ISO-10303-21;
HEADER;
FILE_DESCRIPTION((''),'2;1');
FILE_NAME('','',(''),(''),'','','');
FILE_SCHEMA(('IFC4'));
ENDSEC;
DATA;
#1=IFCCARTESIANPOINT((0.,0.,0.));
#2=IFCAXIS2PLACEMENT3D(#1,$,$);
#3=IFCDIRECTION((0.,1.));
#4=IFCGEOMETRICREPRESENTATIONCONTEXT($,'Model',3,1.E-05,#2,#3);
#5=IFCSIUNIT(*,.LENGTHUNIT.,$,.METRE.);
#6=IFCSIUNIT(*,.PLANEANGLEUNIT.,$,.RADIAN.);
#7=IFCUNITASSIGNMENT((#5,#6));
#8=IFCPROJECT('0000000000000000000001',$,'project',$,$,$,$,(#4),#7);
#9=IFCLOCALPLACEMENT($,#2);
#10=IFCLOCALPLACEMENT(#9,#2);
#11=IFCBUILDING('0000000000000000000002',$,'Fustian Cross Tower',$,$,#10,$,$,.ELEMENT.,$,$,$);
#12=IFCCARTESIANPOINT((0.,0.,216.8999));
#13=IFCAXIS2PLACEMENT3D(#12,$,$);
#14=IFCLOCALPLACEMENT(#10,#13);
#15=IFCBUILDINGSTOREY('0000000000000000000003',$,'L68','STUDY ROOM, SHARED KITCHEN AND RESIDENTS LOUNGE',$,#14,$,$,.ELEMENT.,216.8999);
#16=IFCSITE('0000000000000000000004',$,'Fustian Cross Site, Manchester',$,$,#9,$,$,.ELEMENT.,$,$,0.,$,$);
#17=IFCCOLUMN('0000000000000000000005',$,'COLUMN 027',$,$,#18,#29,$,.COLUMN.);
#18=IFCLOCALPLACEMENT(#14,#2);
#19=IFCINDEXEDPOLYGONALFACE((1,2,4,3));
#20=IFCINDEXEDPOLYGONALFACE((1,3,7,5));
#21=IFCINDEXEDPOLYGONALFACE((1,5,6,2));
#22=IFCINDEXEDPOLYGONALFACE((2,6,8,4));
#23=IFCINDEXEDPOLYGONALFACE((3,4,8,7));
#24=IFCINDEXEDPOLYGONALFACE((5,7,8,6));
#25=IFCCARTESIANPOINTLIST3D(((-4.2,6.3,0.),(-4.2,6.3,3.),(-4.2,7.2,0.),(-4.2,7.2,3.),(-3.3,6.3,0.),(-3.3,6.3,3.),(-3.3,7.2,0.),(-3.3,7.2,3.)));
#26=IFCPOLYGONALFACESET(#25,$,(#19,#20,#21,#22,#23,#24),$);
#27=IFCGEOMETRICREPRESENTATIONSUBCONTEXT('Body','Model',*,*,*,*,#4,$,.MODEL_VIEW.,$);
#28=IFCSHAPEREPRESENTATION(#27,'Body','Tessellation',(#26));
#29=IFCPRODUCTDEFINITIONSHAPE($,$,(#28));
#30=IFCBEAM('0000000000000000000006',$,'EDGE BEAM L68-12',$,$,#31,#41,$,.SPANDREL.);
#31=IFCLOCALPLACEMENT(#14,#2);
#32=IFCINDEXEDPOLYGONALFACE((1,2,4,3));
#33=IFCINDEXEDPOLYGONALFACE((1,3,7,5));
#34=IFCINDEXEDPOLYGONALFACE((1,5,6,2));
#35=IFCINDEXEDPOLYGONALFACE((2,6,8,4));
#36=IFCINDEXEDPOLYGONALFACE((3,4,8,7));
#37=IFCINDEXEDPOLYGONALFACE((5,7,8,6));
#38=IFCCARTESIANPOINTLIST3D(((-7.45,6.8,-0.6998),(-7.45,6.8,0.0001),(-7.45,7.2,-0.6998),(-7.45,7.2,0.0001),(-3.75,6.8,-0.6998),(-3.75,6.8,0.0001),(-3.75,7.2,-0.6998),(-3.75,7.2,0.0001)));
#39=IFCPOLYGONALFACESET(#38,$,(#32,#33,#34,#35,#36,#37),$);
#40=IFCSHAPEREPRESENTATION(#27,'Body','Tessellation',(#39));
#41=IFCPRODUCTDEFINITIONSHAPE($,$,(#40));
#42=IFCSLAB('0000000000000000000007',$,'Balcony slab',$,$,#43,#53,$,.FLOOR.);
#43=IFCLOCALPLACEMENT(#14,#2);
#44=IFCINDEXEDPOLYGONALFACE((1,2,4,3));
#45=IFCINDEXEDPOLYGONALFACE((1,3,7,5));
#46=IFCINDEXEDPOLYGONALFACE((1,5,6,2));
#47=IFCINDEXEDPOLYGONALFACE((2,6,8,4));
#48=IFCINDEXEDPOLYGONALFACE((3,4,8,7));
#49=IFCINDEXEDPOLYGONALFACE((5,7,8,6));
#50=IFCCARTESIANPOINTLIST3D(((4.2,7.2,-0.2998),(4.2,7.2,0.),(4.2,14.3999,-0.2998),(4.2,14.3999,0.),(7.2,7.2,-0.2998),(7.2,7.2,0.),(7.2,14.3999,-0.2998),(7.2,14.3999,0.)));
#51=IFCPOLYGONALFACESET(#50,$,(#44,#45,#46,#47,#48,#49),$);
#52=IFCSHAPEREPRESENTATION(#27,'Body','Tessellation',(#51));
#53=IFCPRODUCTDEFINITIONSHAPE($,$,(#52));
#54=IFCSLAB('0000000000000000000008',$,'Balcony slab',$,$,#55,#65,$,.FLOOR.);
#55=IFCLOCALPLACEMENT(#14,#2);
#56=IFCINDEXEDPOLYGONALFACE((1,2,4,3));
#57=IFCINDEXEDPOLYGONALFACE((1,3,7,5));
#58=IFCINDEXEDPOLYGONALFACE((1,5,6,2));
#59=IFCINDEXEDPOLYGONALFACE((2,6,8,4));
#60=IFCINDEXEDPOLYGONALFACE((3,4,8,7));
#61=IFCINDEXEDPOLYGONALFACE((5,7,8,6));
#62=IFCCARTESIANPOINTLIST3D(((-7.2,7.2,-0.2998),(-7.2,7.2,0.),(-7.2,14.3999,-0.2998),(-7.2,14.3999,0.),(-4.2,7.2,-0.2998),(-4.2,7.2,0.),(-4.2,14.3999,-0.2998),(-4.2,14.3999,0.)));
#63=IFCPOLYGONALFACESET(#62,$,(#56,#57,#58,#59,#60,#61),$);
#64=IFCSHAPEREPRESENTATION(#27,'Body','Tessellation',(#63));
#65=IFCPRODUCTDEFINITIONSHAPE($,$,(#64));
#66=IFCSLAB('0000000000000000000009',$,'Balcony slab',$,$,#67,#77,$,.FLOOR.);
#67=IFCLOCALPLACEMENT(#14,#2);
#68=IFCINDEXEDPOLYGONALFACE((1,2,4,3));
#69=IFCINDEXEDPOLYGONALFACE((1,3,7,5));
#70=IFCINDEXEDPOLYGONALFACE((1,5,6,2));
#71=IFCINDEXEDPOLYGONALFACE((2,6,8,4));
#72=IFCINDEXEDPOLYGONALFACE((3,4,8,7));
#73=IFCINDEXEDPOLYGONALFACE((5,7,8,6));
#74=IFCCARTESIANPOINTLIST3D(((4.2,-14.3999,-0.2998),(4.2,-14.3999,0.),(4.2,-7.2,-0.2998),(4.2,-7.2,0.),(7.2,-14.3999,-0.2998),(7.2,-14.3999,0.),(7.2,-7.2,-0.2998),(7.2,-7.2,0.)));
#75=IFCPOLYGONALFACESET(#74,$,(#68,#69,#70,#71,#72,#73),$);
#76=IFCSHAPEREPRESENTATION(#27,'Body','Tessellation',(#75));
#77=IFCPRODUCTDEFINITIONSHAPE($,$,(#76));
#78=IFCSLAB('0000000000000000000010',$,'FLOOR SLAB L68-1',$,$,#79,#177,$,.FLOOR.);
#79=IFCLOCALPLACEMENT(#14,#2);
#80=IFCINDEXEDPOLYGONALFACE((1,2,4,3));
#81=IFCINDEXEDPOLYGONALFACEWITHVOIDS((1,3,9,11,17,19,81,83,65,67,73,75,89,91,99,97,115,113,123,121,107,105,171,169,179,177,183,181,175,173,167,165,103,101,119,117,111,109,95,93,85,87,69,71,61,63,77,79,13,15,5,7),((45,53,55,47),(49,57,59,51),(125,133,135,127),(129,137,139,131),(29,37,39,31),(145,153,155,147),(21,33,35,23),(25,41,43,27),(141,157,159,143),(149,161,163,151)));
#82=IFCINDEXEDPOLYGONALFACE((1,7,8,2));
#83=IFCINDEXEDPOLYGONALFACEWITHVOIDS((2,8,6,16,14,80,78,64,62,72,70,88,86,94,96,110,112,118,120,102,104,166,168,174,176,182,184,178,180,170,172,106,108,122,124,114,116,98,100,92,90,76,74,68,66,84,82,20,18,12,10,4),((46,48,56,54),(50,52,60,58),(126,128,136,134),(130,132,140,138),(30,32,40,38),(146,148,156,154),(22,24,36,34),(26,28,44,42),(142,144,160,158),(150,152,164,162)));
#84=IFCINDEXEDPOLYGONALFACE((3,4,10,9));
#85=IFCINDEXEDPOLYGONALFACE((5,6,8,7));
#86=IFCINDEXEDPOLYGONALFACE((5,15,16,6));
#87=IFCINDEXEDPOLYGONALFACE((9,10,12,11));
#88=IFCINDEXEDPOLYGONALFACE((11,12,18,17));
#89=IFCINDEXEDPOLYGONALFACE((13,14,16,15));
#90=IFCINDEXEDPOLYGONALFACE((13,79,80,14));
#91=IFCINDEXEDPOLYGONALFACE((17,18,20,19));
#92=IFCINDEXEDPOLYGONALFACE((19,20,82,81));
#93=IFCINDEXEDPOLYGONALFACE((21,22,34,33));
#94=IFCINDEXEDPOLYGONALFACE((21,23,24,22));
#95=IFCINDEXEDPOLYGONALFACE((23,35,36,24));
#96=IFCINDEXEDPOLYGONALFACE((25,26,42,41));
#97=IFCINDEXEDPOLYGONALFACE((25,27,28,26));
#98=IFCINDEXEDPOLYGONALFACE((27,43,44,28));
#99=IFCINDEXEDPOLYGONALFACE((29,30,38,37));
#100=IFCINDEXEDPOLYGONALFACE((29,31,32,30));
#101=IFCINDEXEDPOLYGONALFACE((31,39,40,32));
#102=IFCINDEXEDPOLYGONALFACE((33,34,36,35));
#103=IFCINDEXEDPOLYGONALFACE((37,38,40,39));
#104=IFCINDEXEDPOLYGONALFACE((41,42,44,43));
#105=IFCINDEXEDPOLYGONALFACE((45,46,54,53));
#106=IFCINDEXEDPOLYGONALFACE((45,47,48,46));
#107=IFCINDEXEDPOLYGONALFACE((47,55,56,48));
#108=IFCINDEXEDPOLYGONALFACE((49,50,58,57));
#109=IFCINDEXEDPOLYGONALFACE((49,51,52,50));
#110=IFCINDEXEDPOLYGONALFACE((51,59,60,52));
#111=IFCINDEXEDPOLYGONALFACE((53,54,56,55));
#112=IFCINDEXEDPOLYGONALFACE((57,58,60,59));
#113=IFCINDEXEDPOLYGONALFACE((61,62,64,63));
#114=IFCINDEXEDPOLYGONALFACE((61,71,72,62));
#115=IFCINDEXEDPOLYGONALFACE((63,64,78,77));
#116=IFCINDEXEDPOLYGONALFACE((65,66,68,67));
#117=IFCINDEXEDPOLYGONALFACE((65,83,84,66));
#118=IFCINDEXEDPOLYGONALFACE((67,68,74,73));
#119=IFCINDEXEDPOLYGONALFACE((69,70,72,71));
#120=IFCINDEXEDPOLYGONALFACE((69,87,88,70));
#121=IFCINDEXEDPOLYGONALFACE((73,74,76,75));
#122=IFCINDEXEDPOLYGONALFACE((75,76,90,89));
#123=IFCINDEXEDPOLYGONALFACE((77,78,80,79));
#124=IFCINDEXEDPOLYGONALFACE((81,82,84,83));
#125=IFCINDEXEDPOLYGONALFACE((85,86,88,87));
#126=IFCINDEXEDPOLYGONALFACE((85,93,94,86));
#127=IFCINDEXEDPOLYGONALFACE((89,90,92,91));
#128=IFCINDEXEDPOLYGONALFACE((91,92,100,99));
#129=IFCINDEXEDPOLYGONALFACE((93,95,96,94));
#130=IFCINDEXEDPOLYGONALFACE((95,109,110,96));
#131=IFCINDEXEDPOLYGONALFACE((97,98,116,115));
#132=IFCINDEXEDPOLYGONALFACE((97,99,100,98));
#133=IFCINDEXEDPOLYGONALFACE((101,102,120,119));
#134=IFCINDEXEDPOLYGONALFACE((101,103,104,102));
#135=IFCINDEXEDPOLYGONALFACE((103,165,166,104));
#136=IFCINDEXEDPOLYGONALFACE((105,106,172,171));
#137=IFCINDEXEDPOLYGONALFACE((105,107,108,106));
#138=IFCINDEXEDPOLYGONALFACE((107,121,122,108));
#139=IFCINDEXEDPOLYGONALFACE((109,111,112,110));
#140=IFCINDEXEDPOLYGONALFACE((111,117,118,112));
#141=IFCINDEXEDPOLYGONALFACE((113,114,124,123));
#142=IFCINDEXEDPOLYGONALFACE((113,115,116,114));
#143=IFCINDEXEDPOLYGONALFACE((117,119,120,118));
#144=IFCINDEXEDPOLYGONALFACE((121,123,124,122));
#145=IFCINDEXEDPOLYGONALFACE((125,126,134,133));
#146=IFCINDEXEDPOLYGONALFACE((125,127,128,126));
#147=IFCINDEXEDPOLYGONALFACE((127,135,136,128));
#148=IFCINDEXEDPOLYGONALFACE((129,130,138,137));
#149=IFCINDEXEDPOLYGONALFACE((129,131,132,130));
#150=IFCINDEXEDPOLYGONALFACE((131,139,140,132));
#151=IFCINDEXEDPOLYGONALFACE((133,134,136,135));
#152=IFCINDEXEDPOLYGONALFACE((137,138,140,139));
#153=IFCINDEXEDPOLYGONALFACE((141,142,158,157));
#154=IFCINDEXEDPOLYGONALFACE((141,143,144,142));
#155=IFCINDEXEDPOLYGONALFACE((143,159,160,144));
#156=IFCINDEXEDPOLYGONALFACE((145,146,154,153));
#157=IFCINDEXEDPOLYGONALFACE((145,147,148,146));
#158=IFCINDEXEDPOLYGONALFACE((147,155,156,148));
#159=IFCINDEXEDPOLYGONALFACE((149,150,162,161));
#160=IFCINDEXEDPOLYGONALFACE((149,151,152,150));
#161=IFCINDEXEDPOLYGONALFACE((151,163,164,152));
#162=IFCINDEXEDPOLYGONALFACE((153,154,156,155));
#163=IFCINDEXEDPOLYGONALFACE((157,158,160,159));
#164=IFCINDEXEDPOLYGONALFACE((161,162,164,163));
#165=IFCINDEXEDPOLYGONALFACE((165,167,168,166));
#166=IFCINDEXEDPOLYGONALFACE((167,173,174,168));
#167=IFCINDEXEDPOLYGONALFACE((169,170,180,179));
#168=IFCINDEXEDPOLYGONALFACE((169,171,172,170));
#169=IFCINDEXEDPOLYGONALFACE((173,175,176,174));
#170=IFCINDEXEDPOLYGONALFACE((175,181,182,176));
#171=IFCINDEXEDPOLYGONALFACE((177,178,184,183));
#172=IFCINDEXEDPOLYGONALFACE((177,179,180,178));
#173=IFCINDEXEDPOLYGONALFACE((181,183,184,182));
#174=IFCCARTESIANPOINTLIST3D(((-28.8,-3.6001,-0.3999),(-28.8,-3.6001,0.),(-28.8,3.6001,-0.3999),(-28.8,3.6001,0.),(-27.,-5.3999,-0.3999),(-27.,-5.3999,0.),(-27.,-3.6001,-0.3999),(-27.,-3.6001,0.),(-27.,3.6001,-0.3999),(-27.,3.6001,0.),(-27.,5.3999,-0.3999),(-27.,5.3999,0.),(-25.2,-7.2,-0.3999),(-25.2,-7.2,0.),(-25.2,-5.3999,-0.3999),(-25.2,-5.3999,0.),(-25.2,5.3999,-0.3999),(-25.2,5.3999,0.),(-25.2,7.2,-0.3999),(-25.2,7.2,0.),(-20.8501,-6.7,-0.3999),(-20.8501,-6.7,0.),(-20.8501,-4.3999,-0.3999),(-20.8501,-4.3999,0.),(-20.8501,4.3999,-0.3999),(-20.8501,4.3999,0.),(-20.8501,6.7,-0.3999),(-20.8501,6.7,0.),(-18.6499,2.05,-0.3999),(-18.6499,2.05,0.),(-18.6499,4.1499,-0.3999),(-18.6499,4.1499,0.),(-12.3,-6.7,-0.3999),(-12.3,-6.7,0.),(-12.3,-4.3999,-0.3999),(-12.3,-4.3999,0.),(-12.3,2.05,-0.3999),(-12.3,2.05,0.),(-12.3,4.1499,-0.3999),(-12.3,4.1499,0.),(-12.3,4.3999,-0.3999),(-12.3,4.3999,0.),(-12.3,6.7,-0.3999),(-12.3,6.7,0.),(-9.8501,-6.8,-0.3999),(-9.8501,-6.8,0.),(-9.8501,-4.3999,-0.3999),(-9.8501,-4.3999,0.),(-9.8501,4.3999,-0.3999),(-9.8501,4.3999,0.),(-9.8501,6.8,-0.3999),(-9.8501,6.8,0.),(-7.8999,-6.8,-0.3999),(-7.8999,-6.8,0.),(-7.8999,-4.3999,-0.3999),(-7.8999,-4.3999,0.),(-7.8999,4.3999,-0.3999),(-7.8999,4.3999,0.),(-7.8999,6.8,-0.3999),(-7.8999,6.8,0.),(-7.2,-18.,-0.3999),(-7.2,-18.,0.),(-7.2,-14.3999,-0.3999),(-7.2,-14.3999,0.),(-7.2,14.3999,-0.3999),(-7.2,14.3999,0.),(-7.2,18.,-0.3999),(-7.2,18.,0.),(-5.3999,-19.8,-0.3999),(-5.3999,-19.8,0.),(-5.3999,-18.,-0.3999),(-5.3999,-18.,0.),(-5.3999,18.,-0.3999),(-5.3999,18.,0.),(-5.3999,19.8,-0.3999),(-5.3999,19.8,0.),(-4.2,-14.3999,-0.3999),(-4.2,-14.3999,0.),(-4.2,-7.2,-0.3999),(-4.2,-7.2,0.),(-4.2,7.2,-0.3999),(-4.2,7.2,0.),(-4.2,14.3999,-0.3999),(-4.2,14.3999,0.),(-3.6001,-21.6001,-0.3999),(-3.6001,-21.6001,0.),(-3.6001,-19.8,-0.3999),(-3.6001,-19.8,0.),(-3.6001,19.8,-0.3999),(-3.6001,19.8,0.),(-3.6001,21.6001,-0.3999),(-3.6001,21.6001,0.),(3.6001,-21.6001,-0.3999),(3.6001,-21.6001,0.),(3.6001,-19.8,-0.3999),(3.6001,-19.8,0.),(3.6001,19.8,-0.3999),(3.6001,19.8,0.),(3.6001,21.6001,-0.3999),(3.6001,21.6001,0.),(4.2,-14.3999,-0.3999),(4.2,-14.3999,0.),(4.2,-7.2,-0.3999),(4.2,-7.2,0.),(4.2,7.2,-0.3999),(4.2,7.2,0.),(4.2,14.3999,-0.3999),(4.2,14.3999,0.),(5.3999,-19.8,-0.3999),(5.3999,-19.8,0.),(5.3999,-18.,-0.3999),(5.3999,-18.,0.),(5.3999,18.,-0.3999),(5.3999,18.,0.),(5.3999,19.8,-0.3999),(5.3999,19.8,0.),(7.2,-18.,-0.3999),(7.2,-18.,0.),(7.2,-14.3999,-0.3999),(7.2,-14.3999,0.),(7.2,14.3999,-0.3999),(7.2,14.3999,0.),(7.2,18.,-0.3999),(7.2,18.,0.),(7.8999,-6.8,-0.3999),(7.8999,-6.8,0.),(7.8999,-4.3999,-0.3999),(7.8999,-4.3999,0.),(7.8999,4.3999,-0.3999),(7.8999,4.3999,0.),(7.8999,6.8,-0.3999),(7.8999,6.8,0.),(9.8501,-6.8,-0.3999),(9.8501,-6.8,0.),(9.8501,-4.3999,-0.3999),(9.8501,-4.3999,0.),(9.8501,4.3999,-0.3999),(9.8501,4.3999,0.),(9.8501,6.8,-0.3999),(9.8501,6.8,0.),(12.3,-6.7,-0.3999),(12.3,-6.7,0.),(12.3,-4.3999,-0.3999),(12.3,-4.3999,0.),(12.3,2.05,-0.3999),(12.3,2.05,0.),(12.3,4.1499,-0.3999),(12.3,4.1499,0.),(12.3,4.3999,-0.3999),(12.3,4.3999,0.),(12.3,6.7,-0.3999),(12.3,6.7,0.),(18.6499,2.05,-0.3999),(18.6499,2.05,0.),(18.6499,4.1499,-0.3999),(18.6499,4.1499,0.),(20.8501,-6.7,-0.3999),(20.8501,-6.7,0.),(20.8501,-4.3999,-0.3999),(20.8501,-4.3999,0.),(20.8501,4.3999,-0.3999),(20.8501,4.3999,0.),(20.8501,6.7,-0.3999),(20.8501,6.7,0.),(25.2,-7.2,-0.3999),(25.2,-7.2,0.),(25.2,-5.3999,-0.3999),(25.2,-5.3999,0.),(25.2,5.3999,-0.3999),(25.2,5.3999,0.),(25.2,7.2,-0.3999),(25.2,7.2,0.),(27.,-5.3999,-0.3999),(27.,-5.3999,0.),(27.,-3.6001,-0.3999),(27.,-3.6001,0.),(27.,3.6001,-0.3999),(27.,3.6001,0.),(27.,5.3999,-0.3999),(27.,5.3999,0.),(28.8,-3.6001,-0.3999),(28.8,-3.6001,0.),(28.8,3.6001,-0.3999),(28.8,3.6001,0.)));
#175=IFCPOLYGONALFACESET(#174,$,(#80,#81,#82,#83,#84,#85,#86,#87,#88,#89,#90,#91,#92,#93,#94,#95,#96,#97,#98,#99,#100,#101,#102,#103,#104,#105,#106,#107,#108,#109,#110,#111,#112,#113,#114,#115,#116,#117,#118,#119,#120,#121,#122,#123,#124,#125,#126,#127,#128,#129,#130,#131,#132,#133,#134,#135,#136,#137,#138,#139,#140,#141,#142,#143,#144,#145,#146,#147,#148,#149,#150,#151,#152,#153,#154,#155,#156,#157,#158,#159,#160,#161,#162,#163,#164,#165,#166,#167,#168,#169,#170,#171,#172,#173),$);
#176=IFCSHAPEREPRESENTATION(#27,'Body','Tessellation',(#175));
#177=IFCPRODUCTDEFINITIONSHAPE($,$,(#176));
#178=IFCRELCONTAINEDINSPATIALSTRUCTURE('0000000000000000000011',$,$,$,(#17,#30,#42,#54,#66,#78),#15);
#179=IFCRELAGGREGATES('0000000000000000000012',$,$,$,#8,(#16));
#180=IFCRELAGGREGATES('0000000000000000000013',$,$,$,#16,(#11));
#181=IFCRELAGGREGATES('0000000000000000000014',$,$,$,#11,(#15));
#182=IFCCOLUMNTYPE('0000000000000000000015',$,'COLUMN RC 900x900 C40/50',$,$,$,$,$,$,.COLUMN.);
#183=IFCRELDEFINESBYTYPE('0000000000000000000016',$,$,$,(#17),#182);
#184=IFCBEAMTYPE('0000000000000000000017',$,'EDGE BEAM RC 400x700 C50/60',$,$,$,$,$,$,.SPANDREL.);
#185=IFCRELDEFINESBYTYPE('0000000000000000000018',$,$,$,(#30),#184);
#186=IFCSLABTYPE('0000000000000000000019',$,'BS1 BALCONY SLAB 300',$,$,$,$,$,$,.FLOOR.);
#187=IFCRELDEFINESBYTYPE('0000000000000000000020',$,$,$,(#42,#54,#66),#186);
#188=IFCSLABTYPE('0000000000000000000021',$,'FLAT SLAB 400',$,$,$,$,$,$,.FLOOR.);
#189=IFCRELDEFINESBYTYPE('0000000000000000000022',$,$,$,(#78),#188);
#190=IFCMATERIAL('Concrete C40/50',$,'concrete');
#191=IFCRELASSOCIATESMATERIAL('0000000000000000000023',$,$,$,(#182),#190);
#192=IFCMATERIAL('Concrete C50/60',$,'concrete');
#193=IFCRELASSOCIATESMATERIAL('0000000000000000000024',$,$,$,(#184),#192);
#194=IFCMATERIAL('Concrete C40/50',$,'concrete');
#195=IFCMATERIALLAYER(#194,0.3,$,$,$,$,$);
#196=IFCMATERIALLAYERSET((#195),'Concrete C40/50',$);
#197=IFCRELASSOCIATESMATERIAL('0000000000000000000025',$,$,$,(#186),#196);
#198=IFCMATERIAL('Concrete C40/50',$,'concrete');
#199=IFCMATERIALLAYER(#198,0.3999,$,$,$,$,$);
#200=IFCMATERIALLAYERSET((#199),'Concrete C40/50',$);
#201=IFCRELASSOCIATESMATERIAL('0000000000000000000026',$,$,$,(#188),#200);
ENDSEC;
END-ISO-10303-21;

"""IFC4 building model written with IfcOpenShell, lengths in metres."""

from ifc_helpers import new_model, si_unit, direction, frame, origin, origin_2d, place, context, subcontext, project, spatial, polyline, rectangle, outline, extrude, material, layer, layer_set, material_profile, profile_set, type_object, element, save


model = new_model("IFC4")

# Units and contexts
model_context = context("Model", 3, precision=1e-05, world=origin(), true_north=direction((0.0, 1.0)))
body_context = subcontext(model_context, "Body", "Model", "MODEL_VIEW")
ifc_project = project(units=[si_unit("LENGTHUNIT", "METRE"), si_unit("PLANEANGLEUNIT", "RADIAN")], contexts=[model_context])

# Site, building, storey
site_placement = place(None, origin())
site = spatial("IfcSite", under=ifc_project, at=site_placement, Name="Fustian Cross Site, Manchester", CompositionType="ELEMENT", RefElevation=0.0)
building_placement = place(site_placement, origin())
building = spatial("IfcBuilding", under=site, at=building_placement, Name="Fustian Cross Tower", CompositionType="ELEMENT")
storey_placement = place(building_placement, frame((0.0, 0.0, 216.8999)))
storey = spatial("IfcBuildingStorey", under=building, at=storey_placement, Name="L68", Description="STUDY ROOM, SHARED KITCHEN AND RESIDENTS LOUNGE", CompositionType="ELEMENT", Elevation=216.8999)

# Column
ifc_material_1 = material(Name="Concrete C40/50", Category="concrete")
ifc_material_profile_1 = material_profile(ifc_material_1, rectangle(XDim=0.8999, YDim=0.8999, at=origin_2d()), Name="RC 900x900")
ifc_profile_set_1 = profile_set([ifc_material_profile_1], Name="Concrete C40/50")
column_type = type_object("IfcColumnType", Name="COLUMN RC 900x900 C40/50", PredefinedType="COLUMN", material=ifc_profile_set_1)
column_placement = place(storey_placement, frame((-3.75, 6.75, 0.0), z_axis=(0.0, 0.0, 1.0), x_axis=(1.0, 0.0, 0.0)))
element("IfcColumn", 1, at=column_placement, inside=storey, type_object=column_type, Name="COLUMN 027", PredefinedType="COLUMN", context=body_context, shape_type="SweptSolid", body=[
    extrude(rectangle(XDim=0.8999, YDim=0.8999, at=origin_2d()), origin(), (0.0, 0.0, 1.0), 3.0),
])

# Beam
ifc_material_2 = material(Name="Concrete C50/60", Category="concrete")
ifc_material_profile_2 = material_profile(ifc_material_2, rectangle(XDim=0.3999, YDim=0.7, at=origin_2d()), Name="RC 400x700")
ifc_profile_set_2 = profile_set([ifc_material_profile_2], Name="Concrete C50/60")
beam_type = type_object("IfcBeamType", Name="EDGE BEAM RC 400x700 C50/60", PredefinedType="SPANDREL", material=ifc_profile_set_2)
beam_placement = place(storey_placement, frame((-3.75, 7.0, -0.3499), z_axis=(-1.0, 0.0, 0.0), x_axis=(0.0, -1.0, 0.0)))
element("IfcBeam", 2, at=beam_placement, inside=storey, type_object=beam_type, Name="EDGE BEAM L68-12", PredefinedType="SPANDREL", context=body_context, shape_type="SweptSolid", body=[
    extrude(rectangle(XDim=0.3999, YDim=0.7, at=origin_2d()), origin(), (0.0, 0.0, 1.0), 3.7),
])

# Slabs
ifc_material_3 = material(Name="Concrete C40/50", Category="concrete")
ifc_layer_1 = layer(ifc_material_3, 0.3)
ifc_layer_set_1 = layer_set([ifc_layer_1], Name="Concrete C40/50")
slab_type_1 = type_object("IfcSlabType", Name="BS1 BALCONY SLAB 300", PredefinedType="FLOOR", material=ifc_layer_set_1)
slab_1_placement = place(storey_placement, frame((0.0, 0.0, -0.2998)))
element("IfcSlab", 3, at=slab_1_placement, inside=storey, type_object=slab_type_1, Name="Balcony slab", PredefinedType="FLOOR", context=body_context, shape_type="SweptSolid", body=[
    extrude(outline(polyline([(4.2, 7.2), (7.2, 7.2), (7.2, 14.3999), (4.2, 14.3999), (4.2, 7.2)])), origin(), (0.0, 0.0, 1.0), 0.2998),
])
slab_2_placement = place(storey_placement, frame((0.0, 0.0, -0.2998)))
element("IfcSlab", 4, at=slab_2_placement, inside=storey, type_object=slab_type_1, Name="Balcony slab", PredefinedType="FLOOR", context=body_context, shape_type="SweptSolid", body=[
    extrude(outline(polyline([(-7.2, 7.2), (-4.2, 7.2), (-4.2, 14.3999), (-7.2, 14.3999), (-7.2, 7.2)])), origin(), (0.0, 0.0, 1.0), 0.2998),
])
slab_3_placement = place(storey_placement, frame((0.0, 0.0, -0.2998)))
element("IfcSlab", 5, at=slab_3_placement, inside=storey, type_object=slab_type_1, Name="Balcony slab", PredefinedType="FLOOR", context=body_context, shape_type="SweptSolid", body=[
    extrude(outline(polyline([(4.2, -14.3999), (7.2, -14.3999), (7.2, -7.2), (4.2, -7.2), (4.2, -14.3999)])), origin(), (0.0, 0.0, 1.0), 0.2998),
])
ifc_material_4 = material(Name="Concrete C40/50", Category="concrete")
ifc_layer_2 = layer(ifc_material_4, 0.3999)
ifc_layer_set_2 = layer_set([ifc_layer_2], Name="Concrete C40/50")
slab_type_2 = type_object("IfcSlabType", Name="FLAT SLAB 400", PredefinedType="FLOOR", material=ifc_layer_set_2)
slab_4_placement = place(storey_placement, frame((0.0, 0.0, -0.3999)))
element("IfcSlab", 6, at=slab_4_placement, inside=storey, type_object=slab_type_2, Name="FLOOR SLAB L68-1", PredefinedType="FLOOR", context=body_context, shape_type="SweptSolid", body=[
    extrude(outline(polyline([(-3.6001, -19.8), (-5.3999, -19.8), (-5.3999, -18.0), (-7.2, -18.0), (-7.2, -14.3999), (-4.2, -14.3999), (-4.2, -7.2), (-25.2, -7.2), (-25.2, -5.3999), (-27.0, -5.3999), (-27.0, -3.6001), (-28.8, -3.6001), (-28.8, 3.6001), (-27.0, 3.6001), (-27.0, 5.3999), (-25.2, 5.3999), (-25.2, 7.2), (-4.2, 7.2), (-4.2, 14.3999), (-7.2, 14.3999), (-7.2, 18.0), (-5.3999, 18.0), (-5.3999, 19.8), (-3.6001, 19.8), (-3.6001, 21.6001), (3.6001, 21.6001), (3.6001, 19.8), (5.3999, 19.8), (5.3999, 18.0), (7.2, 18.0), (7.2, 14.3999), (4.2, 14.3999), (4.2, 7.2), (25.2, 7.2), (25.2, 5.3999), (27.0, 5.3999), (27.0, 3.6001), (28.8, 3.6001), (28.8, -3.6001), (27.0, -3.6001), (27.0, -5.3999), (25.2, -5.3999), (25.2, -7.2), (4.2, -7.2), (4.2, -14.3999), (7.2, -14.3999), (7.2, -18.0), (5.3999, -18.0), (5.3999, -19.8), (3.6001, -19.8), (3.6001, -21.6001), (-3.6001, -21.6001), (-3.6001, -19.8)]), holes=[polyline([(7.8999, 6.8), (7.8999, 4.3999), (9.8501, 4.3999), (9.8501, 6.8), (7.8999, 6.8)]), polyline([(9.8501, -4.3999), (7.8999, -4.3999), (7.8999, -6.8), (9.8501, -6.8), (9.8501, -4.3999)]), polyline([(-7.8999, 4.3999), (-7.8999, 6.8), (-9.8501, 6.8), (-9.8501, 4.3999), (-7.8999, 4.3999)]), polyline([(-9.8501, -6.8), (-7.8999, -6.8), (-7.8999, -4.3999), (-9.8501, -4.3999), (-9.8501, -6.8)]), polyline([(12.3, 4.1499), (12.3, 2.05), (18.6499, 2.05), (18.6499, 4.1499), (12.3, 4.1499)]), polyline([(-12.3, 4.1499), (-18.6499, 4.1499), (-18.6499, 2.05), (-12.3, 2.05), (-12.3, 4.1499)]), polyline([(20.8501, 4.3999), (20.8501, 6.7), (12.3, 6.7), (12.3, 4.3999), (20.8501, 4.3999)]), polyline([(12.3, -6.7), (20.8501, -6.7), (20.8501, -4.3999), (12.3, -4.3999), (12.3, -6.7)]), polyline([(-20.8501, 6.7), (-20.8501, 4.3999), (-12.3, 4.3999), (-12.3, 6.7), (-20.8501, 6.7)]), polyline([(-12.3, -4.3999), (-20.8501, -4.3999), (-20.8501, -6.7), (-12.3, -6.7), (-12.3, -4.3999)])]), origin(), (0.0, 0.0, 1.0), 0.3999),
])

save(model, "model.ifc")
